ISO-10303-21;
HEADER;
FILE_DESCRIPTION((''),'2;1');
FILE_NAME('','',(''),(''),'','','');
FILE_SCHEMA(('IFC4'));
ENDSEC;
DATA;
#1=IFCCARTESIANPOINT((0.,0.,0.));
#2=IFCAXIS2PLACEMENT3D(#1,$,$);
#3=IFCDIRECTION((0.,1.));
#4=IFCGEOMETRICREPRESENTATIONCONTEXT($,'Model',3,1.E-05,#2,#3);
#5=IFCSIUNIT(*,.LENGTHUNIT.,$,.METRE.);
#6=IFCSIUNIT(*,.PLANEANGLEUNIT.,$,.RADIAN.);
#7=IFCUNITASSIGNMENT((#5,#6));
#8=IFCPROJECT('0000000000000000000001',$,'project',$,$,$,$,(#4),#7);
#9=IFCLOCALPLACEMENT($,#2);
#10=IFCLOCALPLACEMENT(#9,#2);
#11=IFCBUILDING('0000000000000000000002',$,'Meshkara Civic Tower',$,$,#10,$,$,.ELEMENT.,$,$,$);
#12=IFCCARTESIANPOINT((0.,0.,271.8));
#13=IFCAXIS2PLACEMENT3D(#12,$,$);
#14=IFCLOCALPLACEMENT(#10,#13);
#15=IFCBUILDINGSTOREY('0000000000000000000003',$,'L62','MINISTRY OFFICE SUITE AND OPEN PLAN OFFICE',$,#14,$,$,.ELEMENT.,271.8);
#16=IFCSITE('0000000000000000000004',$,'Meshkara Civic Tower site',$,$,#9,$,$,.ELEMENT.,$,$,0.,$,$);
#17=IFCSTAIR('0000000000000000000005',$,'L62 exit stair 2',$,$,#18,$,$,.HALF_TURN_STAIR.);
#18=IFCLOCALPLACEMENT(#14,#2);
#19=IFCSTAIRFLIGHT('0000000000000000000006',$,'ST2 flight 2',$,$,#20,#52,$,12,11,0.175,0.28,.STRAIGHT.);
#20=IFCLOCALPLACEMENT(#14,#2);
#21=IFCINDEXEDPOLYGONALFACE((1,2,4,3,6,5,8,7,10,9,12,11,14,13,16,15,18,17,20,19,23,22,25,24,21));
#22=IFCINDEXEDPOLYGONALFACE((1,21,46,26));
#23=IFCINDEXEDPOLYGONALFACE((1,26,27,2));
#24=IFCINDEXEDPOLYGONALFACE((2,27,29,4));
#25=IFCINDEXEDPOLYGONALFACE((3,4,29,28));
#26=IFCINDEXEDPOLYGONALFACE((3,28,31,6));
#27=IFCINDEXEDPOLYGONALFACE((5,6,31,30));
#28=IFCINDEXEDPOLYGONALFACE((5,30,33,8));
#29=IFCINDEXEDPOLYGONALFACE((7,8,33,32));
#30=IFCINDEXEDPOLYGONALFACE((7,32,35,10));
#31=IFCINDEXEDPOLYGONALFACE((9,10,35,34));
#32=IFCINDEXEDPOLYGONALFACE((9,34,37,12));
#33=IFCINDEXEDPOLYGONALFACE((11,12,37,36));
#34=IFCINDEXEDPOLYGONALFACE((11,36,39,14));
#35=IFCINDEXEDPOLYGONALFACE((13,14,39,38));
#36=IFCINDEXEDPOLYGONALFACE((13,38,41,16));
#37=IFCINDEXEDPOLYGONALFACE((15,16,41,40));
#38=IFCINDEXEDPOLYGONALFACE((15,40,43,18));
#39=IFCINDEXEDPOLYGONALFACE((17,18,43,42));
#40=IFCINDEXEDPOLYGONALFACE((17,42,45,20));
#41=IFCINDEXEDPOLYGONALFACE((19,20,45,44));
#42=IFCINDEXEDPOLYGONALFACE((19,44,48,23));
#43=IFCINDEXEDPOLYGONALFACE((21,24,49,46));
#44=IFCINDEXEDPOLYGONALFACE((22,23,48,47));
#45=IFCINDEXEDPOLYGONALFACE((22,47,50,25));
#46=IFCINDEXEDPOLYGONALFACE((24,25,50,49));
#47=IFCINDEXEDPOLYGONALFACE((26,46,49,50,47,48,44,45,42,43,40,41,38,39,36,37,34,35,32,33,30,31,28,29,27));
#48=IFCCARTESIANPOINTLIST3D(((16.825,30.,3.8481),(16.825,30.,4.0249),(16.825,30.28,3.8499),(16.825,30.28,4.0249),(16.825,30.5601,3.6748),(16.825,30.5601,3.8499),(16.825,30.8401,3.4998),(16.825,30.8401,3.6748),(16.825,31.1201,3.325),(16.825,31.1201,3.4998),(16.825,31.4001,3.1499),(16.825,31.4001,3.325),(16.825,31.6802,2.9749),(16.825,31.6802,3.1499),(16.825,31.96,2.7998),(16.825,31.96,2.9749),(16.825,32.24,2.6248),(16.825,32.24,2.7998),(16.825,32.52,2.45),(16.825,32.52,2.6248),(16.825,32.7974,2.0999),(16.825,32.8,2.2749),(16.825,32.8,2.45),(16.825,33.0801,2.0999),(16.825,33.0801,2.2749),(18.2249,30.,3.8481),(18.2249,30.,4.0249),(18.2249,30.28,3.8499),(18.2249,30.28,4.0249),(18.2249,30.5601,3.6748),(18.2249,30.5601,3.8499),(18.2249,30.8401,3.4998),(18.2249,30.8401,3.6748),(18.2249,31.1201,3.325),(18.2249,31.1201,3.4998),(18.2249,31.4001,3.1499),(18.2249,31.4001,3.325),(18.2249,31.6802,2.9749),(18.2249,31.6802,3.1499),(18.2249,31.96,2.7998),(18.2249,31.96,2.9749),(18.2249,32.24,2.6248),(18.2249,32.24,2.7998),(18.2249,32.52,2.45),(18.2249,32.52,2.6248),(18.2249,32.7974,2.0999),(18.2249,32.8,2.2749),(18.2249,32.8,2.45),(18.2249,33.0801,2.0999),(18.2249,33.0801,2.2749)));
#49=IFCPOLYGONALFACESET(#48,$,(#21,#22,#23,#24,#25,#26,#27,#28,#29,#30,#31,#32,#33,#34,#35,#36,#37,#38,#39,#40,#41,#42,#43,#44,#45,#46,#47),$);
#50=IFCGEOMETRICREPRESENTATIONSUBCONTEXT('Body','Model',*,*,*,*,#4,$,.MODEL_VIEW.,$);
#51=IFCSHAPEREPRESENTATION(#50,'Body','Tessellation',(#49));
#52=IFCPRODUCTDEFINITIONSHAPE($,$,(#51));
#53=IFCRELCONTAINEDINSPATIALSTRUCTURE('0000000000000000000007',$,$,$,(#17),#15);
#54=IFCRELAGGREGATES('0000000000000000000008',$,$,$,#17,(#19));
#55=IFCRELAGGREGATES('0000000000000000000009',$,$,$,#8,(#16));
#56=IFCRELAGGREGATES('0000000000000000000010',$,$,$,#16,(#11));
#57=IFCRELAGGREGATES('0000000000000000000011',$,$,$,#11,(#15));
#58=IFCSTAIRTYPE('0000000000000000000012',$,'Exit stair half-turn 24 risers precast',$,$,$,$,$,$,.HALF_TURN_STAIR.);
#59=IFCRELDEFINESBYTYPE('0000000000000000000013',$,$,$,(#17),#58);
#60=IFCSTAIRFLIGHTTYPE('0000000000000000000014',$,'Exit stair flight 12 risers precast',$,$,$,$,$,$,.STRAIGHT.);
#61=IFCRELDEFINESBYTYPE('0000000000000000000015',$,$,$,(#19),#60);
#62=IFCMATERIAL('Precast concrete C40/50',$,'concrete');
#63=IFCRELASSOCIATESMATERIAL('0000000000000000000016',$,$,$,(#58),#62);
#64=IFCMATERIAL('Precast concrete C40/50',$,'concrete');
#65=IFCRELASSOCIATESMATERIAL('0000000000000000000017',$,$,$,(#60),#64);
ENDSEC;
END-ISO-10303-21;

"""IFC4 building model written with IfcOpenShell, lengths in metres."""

from ifc_helpers import new_model, si_unit, direction, frame, origin, place, context, subcontext, project, spatial, polyline, outline, extrude, material, type_object, element, aggregate, save


model = new_model("IFC4")

# Units and contexts
model_context = context("Model", 3, precision=1e-05, world=origin(), true_north=direction((0.0, 1.0)))
body_context = subcontext(model_context, "Body", "Model", "MODEL_VIEW")
ifc_project = project(units=[si_unit("LENGTHUNIT", "METRE"), si_unit("PLANEANGLEUNIT", "RADIAN")], contexts=[model_context])

# Site, building, storey
site_placement = place(None, origin())
site = spatial("IfcSite", under=ifc_project, at=site_placement, Name="Meshkara Civic Tower site", CompositionType="ELEMENT", RefElevation=0.0)
building_placement = place(site_placement, origin())
building = spatial("IfcBuilding", under=site, at=building_placement, Name="Meshkara Civic Tower", CompositionType="ELEMENT")
storey_placement = place(building_placement, frame((0.0, 0.0, 271.8)))
storey = spatial("IfcBuildingStorey", under=building, at=storey_placement, Name="L62", Description="MINISTRY OFFICE SUITE AND OPEN PLAN OFFICE", CompositionType="ELEMENT", Elevation=271.8)

# Stair, stair flight
ifc_material_1 = material(Name="Precast concrete C40/50", Category="concrete")
stair_type = type_object("IfcStairType", Name="Exit stair half-turn 24 risers precast", PredefinedType="HALF_TURN_STAIR", material=ifc_material_1)
stair_placement = place(storey_placement, origin())
stair = element("IfcStair", 1, at=stair_placement, inside=storey, type_object=stair_type, Name="L62 exit stair 2", PredefinedType="HALF_TURN_STAIR")
ifc_material_2 = material(Name="Precast concrete C40/50", Category="concrete")
stair_flight_type = type_object("IfcStairFlightType", Name="Exit stair flight 12 risers precast", PredefinedType="STRAIGHT", material=ifc_material_2)
stair_flight_1_placement = place(storey_placement, frame((17.5249, 33.0801, 2.0999), z_axis=(0.0, 0.0, 1.0), x_axis=(0.0, -1.0, 0.0)))
stair_flight_1 = element("IfcStairFlight", 2, at=stair_flight_1_placement, type_object=stair_flight_type, Name="ST2 flight 2", NumberOfRisers=12, NumberOfTreads=11, PredefinedType="STRAIGHT", RiserHeight=0.175, TreadLength=0.28, context=body_context, shape_type="SweptSolid", body=[
    extrude(outline(polyline([(0.0, 0.0), (0.0, 0.175), (0.28, 0.175), (0.28, 0.3501), (0.5601, 0.3501), (0.5601, 0.5249), (0.8401, 0.5249), (0.8401, 0.7), (1.1201, 0.7), (1.1201, 0.875), (1.3999, 0.875), (1.3999, 1.05), (1.6799, 1.05), (1.6799, 1.2251), (1.96, 1.2251), (1.96, 1.3999), (2.24, 1.3999), (2.24, 1.575), (2.52, 1.575), (2.52, 1.75), (2.8, 1.75), (2.8, 1.925), (3.0801, 1.925), (3.0801, 2.1001), (3.0801, 1.7483), (0.2827, 0.0), (0.0, 0.0)])), frame((0.0, 0.7, 0.0), z_axis=(0.0, -1.0, 0.0), x_axis=(1.0, 0.0, 0.0)), (0.0, 0.0, 1.0), 1.3999),
])
aggregate(stair, [stair_flight_1])

save(model, "model.ifc")
